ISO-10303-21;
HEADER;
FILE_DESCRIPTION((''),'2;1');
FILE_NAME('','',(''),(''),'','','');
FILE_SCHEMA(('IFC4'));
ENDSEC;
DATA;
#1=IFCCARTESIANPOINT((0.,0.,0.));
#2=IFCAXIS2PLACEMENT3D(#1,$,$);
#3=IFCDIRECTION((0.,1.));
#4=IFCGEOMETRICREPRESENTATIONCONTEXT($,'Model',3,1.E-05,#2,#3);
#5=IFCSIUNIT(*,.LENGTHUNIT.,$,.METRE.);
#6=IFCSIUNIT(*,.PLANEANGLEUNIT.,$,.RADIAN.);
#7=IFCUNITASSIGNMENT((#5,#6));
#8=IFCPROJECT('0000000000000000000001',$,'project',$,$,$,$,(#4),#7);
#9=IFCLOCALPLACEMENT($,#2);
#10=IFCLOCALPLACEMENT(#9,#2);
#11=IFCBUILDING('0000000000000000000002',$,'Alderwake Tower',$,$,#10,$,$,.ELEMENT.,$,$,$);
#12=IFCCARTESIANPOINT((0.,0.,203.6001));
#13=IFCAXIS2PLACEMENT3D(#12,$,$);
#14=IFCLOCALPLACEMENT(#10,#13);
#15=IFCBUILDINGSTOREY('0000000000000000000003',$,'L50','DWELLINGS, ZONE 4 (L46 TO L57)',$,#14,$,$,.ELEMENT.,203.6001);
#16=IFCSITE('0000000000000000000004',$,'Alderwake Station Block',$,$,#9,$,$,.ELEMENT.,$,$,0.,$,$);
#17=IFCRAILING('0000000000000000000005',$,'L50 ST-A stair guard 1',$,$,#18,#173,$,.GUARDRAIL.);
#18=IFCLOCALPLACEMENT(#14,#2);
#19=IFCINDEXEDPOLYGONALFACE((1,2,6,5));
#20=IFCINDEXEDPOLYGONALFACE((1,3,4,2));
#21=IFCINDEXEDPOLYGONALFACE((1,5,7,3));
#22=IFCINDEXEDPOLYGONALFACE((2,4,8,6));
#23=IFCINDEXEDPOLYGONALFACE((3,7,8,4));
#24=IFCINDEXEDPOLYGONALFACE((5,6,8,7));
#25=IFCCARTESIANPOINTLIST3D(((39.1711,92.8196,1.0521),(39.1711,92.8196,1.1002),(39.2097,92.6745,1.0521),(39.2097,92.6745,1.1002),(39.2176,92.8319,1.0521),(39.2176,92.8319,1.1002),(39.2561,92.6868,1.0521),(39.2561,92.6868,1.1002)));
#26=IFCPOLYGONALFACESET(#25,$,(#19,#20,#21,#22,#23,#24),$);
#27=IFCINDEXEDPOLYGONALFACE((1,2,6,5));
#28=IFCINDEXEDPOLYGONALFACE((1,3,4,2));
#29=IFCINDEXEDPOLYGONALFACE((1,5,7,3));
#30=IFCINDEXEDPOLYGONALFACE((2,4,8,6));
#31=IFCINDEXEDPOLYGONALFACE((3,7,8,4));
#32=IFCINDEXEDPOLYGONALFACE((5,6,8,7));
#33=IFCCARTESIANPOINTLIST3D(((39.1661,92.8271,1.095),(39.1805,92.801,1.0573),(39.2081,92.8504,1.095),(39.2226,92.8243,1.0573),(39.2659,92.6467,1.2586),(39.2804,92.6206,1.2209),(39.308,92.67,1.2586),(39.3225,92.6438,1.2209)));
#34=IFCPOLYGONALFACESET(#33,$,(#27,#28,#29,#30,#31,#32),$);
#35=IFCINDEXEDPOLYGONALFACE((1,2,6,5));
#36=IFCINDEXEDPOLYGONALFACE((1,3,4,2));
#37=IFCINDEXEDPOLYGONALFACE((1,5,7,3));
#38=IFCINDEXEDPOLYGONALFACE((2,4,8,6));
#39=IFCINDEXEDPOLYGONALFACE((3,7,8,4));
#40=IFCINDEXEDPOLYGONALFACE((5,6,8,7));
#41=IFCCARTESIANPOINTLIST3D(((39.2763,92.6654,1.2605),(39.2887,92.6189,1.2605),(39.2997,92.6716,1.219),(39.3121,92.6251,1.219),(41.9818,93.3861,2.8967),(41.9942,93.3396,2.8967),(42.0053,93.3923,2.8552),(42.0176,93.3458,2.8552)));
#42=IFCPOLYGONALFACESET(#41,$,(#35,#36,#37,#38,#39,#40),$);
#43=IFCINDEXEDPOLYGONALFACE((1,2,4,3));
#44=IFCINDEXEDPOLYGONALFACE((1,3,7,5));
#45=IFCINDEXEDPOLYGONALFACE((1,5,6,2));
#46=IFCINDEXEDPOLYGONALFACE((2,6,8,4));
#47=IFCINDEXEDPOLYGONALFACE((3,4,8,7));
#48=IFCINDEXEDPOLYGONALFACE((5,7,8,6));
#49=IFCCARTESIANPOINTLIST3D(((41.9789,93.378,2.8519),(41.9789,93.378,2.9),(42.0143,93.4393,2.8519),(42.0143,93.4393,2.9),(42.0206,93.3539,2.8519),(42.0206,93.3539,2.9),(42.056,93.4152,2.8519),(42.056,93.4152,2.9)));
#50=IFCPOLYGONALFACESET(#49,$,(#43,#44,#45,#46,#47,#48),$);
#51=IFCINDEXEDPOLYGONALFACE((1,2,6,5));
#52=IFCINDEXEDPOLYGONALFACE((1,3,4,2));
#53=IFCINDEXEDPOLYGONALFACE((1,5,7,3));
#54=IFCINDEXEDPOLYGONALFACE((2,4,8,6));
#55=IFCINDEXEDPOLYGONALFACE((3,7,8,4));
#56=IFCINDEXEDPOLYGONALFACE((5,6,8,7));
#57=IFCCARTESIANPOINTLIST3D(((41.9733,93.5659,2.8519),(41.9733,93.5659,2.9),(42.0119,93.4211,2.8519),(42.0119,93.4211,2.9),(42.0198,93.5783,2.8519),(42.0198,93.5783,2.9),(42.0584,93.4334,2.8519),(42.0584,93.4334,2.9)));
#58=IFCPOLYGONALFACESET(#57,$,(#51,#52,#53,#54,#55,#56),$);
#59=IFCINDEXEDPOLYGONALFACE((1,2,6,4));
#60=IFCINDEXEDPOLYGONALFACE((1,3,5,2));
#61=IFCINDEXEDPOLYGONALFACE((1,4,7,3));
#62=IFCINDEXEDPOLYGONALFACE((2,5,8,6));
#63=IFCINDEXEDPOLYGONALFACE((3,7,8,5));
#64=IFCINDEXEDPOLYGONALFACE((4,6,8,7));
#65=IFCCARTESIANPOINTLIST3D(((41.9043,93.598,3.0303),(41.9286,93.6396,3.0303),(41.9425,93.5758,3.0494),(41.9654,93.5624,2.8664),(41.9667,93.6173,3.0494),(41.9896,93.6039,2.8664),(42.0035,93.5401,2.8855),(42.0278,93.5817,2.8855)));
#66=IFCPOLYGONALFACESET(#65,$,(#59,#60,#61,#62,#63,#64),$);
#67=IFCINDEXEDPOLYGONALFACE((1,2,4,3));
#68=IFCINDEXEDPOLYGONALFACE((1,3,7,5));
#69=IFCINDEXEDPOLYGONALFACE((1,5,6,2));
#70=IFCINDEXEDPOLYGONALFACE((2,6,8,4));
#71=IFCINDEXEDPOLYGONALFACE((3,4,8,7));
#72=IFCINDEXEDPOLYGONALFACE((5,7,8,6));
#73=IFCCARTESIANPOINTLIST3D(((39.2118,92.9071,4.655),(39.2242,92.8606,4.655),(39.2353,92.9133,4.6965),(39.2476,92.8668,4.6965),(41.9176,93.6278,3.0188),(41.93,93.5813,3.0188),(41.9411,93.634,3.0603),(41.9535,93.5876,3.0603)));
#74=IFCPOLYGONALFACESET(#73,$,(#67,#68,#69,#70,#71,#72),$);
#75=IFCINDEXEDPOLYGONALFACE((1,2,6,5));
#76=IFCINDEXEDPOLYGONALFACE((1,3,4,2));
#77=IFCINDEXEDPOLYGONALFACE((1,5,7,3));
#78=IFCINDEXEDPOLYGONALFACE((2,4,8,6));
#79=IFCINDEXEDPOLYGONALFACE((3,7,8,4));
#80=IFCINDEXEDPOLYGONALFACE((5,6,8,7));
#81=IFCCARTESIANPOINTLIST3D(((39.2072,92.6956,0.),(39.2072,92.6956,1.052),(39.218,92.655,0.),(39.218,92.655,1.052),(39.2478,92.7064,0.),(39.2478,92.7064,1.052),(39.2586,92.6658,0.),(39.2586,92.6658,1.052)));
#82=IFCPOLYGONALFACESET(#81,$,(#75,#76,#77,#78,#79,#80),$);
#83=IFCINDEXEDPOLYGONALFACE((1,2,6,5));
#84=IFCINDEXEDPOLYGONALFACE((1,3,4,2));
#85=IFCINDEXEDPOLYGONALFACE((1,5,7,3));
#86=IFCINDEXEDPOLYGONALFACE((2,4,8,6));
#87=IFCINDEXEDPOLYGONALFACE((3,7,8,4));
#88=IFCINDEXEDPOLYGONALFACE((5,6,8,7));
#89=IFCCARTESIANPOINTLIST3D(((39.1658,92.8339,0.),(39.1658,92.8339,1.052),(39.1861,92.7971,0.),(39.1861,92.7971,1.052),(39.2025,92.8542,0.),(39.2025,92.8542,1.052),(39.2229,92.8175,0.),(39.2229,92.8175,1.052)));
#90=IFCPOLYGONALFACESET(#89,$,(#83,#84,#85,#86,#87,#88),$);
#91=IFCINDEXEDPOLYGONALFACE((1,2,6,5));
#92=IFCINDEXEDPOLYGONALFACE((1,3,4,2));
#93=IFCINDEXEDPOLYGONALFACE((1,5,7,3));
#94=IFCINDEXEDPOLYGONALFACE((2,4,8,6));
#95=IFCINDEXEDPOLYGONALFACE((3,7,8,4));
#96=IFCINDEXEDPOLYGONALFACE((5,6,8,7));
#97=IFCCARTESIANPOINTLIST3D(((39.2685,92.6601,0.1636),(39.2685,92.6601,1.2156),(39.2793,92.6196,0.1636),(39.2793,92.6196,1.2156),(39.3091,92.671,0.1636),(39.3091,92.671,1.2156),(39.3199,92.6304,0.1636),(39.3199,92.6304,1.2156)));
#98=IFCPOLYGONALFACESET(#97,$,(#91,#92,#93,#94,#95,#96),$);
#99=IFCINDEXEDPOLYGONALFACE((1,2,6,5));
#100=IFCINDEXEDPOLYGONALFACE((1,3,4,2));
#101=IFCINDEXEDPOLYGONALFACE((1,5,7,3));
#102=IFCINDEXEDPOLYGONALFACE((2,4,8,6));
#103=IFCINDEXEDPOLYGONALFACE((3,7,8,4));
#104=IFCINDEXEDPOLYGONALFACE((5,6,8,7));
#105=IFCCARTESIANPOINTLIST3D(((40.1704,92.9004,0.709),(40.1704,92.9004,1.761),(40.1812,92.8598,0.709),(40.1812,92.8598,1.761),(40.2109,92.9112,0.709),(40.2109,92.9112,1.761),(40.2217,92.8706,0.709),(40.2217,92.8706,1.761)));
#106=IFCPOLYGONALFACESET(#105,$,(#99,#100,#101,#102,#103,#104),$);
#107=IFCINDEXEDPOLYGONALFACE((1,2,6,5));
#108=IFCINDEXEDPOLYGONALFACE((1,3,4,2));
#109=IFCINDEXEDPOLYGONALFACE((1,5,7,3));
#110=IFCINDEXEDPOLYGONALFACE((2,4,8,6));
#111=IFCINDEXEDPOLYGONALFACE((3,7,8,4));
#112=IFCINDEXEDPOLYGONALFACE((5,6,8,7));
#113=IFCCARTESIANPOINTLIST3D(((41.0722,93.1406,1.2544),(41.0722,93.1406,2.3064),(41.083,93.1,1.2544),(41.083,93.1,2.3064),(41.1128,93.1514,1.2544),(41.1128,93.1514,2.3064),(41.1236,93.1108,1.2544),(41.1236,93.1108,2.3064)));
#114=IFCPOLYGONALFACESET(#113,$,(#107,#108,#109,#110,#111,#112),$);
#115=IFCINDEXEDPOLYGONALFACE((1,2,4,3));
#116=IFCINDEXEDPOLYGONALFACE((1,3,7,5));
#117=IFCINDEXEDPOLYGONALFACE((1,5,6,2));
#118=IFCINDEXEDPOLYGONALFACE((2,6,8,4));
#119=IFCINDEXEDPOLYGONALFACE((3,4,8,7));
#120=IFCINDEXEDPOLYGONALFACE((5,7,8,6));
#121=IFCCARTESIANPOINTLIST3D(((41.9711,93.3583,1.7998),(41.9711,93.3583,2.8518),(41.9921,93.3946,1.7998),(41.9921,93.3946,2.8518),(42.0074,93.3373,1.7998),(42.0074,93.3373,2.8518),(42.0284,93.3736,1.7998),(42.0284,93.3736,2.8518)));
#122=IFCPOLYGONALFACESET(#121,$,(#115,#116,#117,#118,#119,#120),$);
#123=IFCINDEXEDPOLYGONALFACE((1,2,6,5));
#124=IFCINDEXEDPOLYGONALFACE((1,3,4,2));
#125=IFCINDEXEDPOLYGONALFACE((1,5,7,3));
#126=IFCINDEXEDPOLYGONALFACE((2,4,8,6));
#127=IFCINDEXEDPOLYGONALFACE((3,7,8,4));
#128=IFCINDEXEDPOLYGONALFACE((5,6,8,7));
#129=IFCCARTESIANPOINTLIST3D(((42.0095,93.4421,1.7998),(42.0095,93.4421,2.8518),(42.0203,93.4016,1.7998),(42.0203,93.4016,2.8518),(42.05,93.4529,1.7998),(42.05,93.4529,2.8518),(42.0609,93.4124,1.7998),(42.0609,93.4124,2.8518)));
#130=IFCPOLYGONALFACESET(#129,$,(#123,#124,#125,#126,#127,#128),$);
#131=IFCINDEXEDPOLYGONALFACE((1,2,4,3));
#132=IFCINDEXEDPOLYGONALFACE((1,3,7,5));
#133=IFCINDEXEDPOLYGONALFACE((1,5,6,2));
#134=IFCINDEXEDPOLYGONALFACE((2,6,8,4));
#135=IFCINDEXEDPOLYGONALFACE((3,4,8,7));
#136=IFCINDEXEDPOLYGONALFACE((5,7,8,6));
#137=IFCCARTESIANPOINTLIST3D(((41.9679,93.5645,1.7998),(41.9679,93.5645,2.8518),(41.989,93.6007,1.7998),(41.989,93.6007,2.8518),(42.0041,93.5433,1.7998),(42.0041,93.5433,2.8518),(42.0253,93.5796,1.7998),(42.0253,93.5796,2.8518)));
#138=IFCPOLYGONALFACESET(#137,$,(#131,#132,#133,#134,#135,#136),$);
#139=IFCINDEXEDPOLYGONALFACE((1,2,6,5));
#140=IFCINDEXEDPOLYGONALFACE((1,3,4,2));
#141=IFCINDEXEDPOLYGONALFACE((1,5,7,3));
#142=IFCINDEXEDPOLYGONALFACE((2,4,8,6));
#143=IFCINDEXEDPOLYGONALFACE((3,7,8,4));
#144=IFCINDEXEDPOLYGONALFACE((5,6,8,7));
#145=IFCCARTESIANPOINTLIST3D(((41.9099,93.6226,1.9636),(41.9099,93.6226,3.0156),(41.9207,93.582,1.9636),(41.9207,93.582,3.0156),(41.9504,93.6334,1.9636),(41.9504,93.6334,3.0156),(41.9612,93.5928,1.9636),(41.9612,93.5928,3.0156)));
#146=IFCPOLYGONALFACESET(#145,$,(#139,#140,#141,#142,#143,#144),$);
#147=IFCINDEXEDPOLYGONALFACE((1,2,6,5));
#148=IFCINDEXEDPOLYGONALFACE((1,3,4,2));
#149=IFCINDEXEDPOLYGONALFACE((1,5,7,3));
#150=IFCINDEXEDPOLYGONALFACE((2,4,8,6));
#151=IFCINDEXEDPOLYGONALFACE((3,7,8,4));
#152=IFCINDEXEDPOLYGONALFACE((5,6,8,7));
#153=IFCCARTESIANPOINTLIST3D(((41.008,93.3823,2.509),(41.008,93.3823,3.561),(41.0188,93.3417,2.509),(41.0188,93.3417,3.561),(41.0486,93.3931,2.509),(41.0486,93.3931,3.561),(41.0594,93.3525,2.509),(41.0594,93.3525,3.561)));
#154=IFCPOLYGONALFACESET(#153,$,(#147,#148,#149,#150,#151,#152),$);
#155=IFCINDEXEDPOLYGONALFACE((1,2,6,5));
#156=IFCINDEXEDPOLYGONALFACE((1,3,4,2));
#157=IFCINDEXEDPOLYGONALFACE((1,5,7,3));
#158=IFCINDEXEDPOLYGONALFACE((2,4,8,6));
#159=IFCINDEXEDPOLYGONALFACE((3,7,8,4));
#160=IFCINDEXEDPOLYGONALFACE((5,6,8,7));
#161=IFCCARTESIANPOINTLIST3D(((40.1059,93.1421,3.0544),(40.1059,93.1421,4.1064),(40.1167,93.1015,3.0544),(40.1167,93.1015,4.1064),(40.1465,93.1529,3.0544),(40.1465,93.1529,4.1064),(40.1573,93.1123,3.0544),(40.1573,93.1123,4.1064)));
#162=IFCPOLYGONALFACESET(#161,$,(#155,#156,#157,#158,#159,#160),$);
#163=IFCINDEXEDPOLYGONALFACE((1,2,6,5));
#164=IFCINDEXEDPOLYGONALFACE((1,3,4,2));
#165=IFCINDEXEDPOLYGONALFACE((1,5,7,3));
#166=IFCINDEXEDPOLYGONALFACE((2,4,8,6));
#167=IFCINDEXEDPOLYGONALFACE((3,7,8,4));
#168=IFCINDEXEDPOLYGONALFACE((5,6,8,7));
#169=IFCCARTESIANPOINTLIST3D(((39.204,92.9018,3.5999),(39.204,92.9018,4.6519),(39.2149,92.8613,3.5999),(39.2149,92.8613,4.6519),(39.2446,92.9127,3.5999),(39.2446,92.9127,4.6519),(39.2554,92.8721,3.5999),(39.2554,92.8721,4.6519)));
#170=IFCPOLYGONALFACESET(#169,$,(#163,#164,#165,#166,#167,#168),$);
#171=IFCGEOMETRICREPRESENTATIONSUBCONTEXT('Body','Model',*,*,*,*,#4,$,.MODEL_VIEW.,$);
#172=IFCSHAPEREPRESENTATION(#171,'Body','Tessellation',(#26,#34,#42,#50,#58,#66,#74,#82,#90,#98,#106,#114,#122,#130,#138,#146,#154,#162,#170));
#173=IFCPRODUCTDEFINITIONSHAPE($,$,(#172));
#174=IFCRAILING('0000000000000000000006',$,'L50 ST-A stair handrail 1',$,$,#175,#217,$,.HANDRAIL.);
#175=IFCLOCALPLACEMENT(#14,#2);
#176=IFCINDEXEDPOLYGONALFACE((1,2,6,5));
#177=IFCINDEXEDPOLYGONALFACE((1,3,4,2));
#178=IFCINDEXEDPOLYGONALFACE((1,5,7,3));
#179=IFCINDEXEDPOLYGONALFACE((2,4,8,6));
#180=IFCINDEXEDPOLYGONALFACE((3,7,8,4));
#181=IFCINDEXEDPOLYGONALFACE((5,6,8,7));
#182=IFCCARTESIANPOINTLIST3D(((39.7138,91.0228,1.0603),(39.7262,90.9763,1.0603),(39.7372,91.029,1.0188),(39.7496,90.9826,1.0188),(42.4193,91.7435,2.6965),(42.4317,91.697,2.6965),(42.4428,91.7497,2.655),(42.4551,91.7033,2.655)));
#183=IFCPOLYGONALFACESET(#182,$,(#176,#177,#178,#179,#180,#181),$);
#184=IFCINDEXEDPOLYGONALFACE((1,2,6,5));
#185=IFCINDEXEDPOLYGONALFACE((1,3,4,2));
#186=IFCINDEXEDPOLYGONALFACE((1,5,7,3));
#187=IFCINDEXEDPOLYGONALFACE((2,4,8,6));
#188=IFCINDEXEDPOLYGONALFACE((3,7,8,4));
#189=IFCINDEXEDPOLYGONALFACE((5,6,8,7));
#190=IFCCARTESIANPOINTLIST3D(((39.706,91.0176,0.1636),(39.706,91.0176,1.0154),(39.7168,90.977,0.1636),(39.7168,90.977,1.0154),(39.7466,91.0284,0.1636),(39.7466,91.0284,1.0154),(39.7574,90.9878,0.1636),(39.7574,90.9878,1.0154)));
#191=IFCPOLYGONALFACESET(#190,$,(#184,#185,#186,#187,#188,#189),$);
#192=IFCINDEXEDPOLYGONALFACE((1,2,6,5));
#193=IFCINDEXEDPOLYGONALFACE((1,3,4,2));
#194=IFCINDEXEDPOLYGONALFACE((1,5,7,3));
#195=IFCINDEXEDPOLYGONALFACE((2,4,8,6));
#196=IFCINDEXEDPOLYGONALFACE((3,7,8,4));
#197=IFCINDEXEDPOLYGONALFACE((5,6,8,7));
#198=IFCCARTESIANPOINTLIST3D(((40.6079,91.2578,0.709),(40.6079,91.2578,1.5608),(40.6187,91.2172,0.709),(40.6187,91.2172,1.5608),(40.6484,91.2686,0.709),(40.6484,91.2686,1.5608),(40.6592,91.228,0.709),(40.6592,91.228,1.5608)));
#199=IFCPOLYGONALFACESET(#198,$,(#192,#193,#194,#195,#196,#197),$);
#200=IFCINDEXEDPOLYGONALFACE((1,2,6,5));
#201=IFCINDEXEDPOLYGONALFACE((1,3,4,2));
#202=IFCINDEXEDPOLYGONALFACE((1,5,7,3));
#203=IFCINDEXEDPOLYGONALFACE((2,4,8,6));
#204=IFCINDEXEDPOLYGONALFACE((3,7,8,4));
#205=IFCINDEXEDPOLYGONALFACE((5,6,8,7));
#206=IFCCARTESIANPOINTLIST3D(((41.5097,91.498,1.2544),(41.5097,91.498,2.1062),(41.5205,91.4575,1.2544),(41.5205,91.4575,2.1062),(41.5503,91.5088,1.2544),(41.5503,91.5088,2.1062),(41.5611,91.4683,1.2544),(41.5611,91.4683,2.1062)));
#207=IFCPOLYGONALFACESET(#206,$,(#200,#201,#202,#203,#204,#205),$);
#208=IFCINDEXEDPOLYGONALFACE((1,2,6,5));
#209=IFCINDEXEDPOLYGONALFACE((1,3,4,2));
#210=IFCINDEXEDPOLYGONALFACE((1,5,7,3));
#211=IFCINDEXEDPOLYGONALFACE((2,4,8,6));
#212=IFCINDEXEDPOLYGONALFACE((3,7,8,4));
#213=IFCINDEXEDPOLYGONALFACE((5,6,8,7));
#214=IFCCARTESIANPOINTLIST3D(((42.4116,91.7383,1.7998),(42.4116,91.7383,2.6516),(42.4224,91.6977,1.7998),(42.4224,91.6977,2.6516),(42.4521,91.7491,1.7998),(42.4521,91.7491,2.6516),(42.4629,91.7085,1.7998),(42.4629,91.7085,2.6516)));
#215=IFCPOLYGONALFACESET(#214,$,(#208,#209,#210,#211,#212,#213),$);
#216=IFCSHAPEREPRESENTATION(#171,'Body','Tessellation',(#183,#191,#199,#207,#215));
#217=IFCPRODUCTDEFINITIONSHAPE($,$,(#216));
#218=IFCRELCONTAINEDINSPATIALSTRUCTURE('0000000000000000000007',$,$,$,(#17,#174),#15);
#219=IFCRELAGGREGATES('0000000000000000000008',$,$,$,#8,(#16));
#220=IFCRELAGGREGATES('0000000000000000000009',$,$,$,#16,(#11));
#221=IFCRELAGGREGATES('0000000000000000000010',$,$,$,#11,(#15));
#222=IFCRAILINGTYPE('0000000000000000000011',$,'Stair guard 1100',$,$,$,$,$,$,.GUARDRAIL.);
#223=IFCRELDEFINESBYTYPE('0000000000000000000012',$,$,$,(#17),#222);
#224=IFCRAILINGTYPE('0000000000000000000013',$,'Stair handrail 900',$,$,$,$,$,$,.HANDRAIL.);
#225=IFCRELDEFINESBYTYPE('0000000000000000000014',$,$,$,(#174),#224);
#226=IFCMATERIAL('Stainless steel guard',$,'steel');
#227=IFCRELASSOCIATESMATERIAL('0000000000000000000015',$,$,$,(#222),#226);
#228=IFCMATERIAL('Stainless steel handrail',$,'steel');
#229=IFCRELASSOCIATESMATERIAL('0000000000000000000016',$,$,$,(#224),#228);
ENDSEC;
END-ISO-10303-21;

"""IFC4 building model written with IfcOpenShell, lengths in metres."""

from ifc_helpers import new_model, si_unit, direction, frame, origin, origin_2d, place, context, subcontext, project, spatial, rectangle, extrude, material, type_object, element, save


model = new_model("IFC4")

# Units and contexts
model_context = context("Model", 3, precision=1e-05, world=origin(), true_north=direction((0.0, 1.0)))
body_context = subcontext(model_context, "Body", "Model", "MODEL_VIEW")
ifc_project = project(units=[si_unit("LENGTHUNIT", "METRE"), si_unit("PLANEANGLEUNIT", "RADIAN")], contexts=[model_context])

# Site, building, storey
site_placement = place(None, origin())
site = spatial("IfcSite", under=ifc_project, at=site_placement, Name="Alderwake Station Block", CompositionType="ELEMENT", RefElevation=0.0)
building_placement = place(site_placement, origin())
building = spatial("IfcBuilding", under=site, at=building_placement, Name="Alderwake Tower", CompositionType="ELEMENT")
storey_placement = place(building_placement, frame((0.0, 0.0, 203.6001)))
storey = spatial("IfcBuildingStorey", under=building, at=storey_placement, Name="L50", Description="DWELLINGS, ZONE 4 (L46 TO L57)", CompositionType="ELEMENT", Elevation=203.6001)

# Railings
ifc_material_1 = material(Name="Stainless steel guard", Category="steel")
railing_type_1 = type_object("IfcRailingType", Name="Stair guard 1100", PredefinedType="GUARDRAIL", material=ifc_material_1)
railing_1_placement = place(storey_placement, frame((39.2329, 92.6807, 0.0)))
element("IfcRailing", 1, at=railing_1_placement, inside=storey, type_object=railing_type_1, Name="L50 ST-A stair guard 1", PredefinedType="GUARDRAIL", context=body_context, shape_type="SweptSolid", body=[
    extrude(rectangle(XDim=0.0481, YDim=0.0481, at=origin_2d()), frame((0.0, 0.0, 1.0762), z_axis=(-0.257055, 0.966397, 0.0), x_axis=(-0.966397, -0.257055, 0.0)), (0.0, 0.0, 1.0), 0.1501),
    extrude(rectangle(XDim=0.0481, YDim=0.0481, at=origin_2d()), frame((-0.0386, 0.145, 1.0762), z_axis=(0.379371, -0.685464, 0.621463), x_axis=(0.874938, 0.484235, 0.0)), (0.0, 0.0, 1.0), 0.2632),
    extrude(rectangle(XDim=0.0481, YDim=0.0481, at=origin_2d()), frame((0.0613, -0.0354, 1.2397), z_axis=(0.834291, 0.222237, 0.504549), x_axis=(-0.257402, 0.966304, 0.0)), (0.0, 0.0, 1.0), 3.2429),
    extrude(rectangle(XDim=0.0481, YDim=0.0481, at=origin_2d()), frame((2.7668, 0.6853, 2.876), z_axis=(0.50022, 0.865898, 0.0), x_axis=(-0.865898, 0.50022, 0.0)), (0.0, 0.0, 1.0), 0.0708),
    extrude(rectangle(XDim=0.0481, YDim=0.0481, at=origin_2d()), frame((2.8022, 0.7466, 2.876), z_axis=(-0.25746, 0.966289, 0.0), x_axis=(-0.966289, -0.25746, 0.0)), (0.0, 0.0, 1.0), 0.1499),
    extrude(rectangle(XDim=0.0481, YDim=0.0481, at=origin_2d()), frame((2.7637, 0.8914, 2.876), z_axis=(-0.342095, 0.199783, 0.918182), x_axis=(-0.5043, -0.863528, 0.0)), (0.0, 0.0, 1.0), 0.1785),
    extrude(rectangle(XDim=0.0481, YDim=0.0481, at=origin_2d()), frame((2.7026, 0.927, 3.0396), z_axis=(-0.834314, -0.222223, 0.504518), x_axis=(0.25738, -0.96631, 0.0)), (0.0, 0.0, 1.0), 3.2432),
    extrude(rectangle(XDim=0.042, YDim=0.042, at=origin_2d()), frame((0.0, 0.0, 0.0), z_axis=(0.0, 0.0, 1.0), x_axis=(-0.257055, 0.966397, 0.0)), (0.0, 0.0, 1.0), 1.052),
    extrude(rectangle(XDim=0.042, YDim=0.042, at=origin_2d()), frame((-0.0386, 0.145, 0.0), z_axis=(0.0, 0.0, 1.0), x_axis=(0.484235, -0.874938, 0.0)), (0.0, 0.0, 1.0), 1.052),
    extrude(rectangle(XDim=0.042, YDim=0.042, at=origin_2d()), frame((0.0613, -0.0354, 0.1636), z_axis=(0.0, 0.0, 1.0), x_axis=(0.966304, 0.257402, 0.0)), (0.0, 0.0, 1.0), 1.052),
    extrude(rectangle(XDim=0.042, YDim=0.042, at=origin_2d()), frame((0.9631, 0.2048, 0.709), z_axis=(0.0, 0.0, 1.0), x_axis=(0.966304, 0.257402, 0.0)), (0.0, 0.0, 1.0), 1.052),
    extrude(rectangle(XDim=0.042, YDim=0.042, at=origin_2d()), frame((1.865, 0.4451, 1.2544), z_axis=(0.0, 0.0, 1.0), x_axis=(0.966304, 0.257402, 0.0)), (0.0, 0.0, 1.0), 1.052),
    extrude(rectangle(XDim=0.042, YDim=0.042, at=origin_2d()), frame((2.7668, 0.6853, 1.7998), z_axis=(0.0, 0.0, 1.0), x_axis=(0.50022, 0.865898, 0.0)), (0.0, 0.0, 1.0), 1.052),
    extrude(rectangle(XDim=0.042, YDim=0.042, at=origin_2d()), frame((2.8022, 0.7466, 1.7998), z_axis=(0.0, 0.0, 1.0), x_axis=(-0.25746, 0.966289, 0.0)), (0.0, 0.0, 1.0), 1.052),
    extrude(rectangle(XDim=0.042, YDim=0.042, at=origin_2d()), frame((2.7637, 0.8914, 1.7998), z_axis=(0.0, 0.0, 1.0), x_axis=(-0.863528, 0.5043, 0.0)), (0.0, 0.0, 1.0), 1.052),
    extrude(rectangle(XDim=0.042, YDim=0.042, at=origin_2d()), frame((2.7026, 0.927, 1.9636), z_axis=(0.0, 0.0, 1.0), x_axis=(-0.96631, -0.25738, 0.0)), (0.0, 0.0, 1.0), 1.052),
    extrude(rectangle(XDim=0.042, YDim=0.042, at=origin_2d()), frame((1.8008, 0.6868, 2.509), z_axis=(0.0, 0.0, 1.0), x_axis=(-0.96631, -0.25738, 0.0)), (0.0, 0.0, 1.0), 1.052),
    extrude(rectangle(XDim=0.042, YDim=0.042, at=origin_2d()), frame((0.8987, 0.4465, 3.0544), z_axis=(0.0, 0.0, 1.0), x_axis=(-0.96631, -0.25738, 0.0)), (0.0, 0.0, 1.0), 1.052),
    extrude(rectangle(XDim=0.042, YDim=0.042, at=origin_2d()), frame((-0.0032, 0.2063, 3.5999), z_axis=(0.0, 0.0, 1.0), x_axis=(-0.96631, -0.25738, 0.0)), (0.0, 0.0, 1.0), 1.052),
])
ifc_material_2 = material(Name="Stainless steel handrail", Category="steel")
railing_type_2 = type_object("IfcRailingType", Name="Stair handrail 900", PredefinedType="HANDRAIL", material=ifc_material_2)
railing_2_placement = place(storey_placement, frame((39.7317, 91.0027, 0.1636)))
element("IfcRailing", 2, at=railing_2_placement, inside=storey, type_object=railing_type_2, Name="L50 ST-A stair handrail 1", PredefinedType="HANDRAIL", context=body_context, shape_type="SweptSolid", body=[
    extrude(rectangle(XDim=0.0481, YDim=0.0481, at=origin_2d()), frame((0.0, 0.0, 0.876), z_axis=(0.834291, 0.222237, 0.504549), x_axis=(-0.257402, 0.966304, 0.0)), (0.0, 0.0, 1.0), 3.2429),
    extrude(rectangle(XDim=0.042, YDim=0.042, at=origin_2d()), frame((0.0, 0.0, 0.0), z_axis=(0.0, 0.0, 1.0), x_axis=(0.966304, 0.257402, 0.0)), (0.0, 0.0, 1.0), 0.8518),
    extrude(rectangle(XDim=0.042, YDim=0.042, at=origin_2d()), frame((0.9019, 0.2402, 0.5454), z_axis=(0.0, 0.0, 1.0), x_axis=(0.966304, 0.257402, 0.0)), (0.0, 0.0, 1.0), 0.8518),
    extrude(rectangle(XDim=0.042, YDim=0.042, at=origin_2d()), frame((1.8037, 0.4805, 1.0908), z_axis=(0.0, 0.0, 1.0), x_axis=(0.966304, 0.257402, 0.0)), (0.0, 0.0, 1.0), 0.8518),
    extrude(rectangle(XDim=0.042, YDim=0.042, at=origin_2d()), frame((2.7056, 0.7207, 1.6362), z_axis=(0.0, 0.0, 1.0), x_axis=(0.966304, 0.257402, 0.0)), (0.0, 0.0, 1.0), 0.8518),
])

save(model, "model.ifc")
